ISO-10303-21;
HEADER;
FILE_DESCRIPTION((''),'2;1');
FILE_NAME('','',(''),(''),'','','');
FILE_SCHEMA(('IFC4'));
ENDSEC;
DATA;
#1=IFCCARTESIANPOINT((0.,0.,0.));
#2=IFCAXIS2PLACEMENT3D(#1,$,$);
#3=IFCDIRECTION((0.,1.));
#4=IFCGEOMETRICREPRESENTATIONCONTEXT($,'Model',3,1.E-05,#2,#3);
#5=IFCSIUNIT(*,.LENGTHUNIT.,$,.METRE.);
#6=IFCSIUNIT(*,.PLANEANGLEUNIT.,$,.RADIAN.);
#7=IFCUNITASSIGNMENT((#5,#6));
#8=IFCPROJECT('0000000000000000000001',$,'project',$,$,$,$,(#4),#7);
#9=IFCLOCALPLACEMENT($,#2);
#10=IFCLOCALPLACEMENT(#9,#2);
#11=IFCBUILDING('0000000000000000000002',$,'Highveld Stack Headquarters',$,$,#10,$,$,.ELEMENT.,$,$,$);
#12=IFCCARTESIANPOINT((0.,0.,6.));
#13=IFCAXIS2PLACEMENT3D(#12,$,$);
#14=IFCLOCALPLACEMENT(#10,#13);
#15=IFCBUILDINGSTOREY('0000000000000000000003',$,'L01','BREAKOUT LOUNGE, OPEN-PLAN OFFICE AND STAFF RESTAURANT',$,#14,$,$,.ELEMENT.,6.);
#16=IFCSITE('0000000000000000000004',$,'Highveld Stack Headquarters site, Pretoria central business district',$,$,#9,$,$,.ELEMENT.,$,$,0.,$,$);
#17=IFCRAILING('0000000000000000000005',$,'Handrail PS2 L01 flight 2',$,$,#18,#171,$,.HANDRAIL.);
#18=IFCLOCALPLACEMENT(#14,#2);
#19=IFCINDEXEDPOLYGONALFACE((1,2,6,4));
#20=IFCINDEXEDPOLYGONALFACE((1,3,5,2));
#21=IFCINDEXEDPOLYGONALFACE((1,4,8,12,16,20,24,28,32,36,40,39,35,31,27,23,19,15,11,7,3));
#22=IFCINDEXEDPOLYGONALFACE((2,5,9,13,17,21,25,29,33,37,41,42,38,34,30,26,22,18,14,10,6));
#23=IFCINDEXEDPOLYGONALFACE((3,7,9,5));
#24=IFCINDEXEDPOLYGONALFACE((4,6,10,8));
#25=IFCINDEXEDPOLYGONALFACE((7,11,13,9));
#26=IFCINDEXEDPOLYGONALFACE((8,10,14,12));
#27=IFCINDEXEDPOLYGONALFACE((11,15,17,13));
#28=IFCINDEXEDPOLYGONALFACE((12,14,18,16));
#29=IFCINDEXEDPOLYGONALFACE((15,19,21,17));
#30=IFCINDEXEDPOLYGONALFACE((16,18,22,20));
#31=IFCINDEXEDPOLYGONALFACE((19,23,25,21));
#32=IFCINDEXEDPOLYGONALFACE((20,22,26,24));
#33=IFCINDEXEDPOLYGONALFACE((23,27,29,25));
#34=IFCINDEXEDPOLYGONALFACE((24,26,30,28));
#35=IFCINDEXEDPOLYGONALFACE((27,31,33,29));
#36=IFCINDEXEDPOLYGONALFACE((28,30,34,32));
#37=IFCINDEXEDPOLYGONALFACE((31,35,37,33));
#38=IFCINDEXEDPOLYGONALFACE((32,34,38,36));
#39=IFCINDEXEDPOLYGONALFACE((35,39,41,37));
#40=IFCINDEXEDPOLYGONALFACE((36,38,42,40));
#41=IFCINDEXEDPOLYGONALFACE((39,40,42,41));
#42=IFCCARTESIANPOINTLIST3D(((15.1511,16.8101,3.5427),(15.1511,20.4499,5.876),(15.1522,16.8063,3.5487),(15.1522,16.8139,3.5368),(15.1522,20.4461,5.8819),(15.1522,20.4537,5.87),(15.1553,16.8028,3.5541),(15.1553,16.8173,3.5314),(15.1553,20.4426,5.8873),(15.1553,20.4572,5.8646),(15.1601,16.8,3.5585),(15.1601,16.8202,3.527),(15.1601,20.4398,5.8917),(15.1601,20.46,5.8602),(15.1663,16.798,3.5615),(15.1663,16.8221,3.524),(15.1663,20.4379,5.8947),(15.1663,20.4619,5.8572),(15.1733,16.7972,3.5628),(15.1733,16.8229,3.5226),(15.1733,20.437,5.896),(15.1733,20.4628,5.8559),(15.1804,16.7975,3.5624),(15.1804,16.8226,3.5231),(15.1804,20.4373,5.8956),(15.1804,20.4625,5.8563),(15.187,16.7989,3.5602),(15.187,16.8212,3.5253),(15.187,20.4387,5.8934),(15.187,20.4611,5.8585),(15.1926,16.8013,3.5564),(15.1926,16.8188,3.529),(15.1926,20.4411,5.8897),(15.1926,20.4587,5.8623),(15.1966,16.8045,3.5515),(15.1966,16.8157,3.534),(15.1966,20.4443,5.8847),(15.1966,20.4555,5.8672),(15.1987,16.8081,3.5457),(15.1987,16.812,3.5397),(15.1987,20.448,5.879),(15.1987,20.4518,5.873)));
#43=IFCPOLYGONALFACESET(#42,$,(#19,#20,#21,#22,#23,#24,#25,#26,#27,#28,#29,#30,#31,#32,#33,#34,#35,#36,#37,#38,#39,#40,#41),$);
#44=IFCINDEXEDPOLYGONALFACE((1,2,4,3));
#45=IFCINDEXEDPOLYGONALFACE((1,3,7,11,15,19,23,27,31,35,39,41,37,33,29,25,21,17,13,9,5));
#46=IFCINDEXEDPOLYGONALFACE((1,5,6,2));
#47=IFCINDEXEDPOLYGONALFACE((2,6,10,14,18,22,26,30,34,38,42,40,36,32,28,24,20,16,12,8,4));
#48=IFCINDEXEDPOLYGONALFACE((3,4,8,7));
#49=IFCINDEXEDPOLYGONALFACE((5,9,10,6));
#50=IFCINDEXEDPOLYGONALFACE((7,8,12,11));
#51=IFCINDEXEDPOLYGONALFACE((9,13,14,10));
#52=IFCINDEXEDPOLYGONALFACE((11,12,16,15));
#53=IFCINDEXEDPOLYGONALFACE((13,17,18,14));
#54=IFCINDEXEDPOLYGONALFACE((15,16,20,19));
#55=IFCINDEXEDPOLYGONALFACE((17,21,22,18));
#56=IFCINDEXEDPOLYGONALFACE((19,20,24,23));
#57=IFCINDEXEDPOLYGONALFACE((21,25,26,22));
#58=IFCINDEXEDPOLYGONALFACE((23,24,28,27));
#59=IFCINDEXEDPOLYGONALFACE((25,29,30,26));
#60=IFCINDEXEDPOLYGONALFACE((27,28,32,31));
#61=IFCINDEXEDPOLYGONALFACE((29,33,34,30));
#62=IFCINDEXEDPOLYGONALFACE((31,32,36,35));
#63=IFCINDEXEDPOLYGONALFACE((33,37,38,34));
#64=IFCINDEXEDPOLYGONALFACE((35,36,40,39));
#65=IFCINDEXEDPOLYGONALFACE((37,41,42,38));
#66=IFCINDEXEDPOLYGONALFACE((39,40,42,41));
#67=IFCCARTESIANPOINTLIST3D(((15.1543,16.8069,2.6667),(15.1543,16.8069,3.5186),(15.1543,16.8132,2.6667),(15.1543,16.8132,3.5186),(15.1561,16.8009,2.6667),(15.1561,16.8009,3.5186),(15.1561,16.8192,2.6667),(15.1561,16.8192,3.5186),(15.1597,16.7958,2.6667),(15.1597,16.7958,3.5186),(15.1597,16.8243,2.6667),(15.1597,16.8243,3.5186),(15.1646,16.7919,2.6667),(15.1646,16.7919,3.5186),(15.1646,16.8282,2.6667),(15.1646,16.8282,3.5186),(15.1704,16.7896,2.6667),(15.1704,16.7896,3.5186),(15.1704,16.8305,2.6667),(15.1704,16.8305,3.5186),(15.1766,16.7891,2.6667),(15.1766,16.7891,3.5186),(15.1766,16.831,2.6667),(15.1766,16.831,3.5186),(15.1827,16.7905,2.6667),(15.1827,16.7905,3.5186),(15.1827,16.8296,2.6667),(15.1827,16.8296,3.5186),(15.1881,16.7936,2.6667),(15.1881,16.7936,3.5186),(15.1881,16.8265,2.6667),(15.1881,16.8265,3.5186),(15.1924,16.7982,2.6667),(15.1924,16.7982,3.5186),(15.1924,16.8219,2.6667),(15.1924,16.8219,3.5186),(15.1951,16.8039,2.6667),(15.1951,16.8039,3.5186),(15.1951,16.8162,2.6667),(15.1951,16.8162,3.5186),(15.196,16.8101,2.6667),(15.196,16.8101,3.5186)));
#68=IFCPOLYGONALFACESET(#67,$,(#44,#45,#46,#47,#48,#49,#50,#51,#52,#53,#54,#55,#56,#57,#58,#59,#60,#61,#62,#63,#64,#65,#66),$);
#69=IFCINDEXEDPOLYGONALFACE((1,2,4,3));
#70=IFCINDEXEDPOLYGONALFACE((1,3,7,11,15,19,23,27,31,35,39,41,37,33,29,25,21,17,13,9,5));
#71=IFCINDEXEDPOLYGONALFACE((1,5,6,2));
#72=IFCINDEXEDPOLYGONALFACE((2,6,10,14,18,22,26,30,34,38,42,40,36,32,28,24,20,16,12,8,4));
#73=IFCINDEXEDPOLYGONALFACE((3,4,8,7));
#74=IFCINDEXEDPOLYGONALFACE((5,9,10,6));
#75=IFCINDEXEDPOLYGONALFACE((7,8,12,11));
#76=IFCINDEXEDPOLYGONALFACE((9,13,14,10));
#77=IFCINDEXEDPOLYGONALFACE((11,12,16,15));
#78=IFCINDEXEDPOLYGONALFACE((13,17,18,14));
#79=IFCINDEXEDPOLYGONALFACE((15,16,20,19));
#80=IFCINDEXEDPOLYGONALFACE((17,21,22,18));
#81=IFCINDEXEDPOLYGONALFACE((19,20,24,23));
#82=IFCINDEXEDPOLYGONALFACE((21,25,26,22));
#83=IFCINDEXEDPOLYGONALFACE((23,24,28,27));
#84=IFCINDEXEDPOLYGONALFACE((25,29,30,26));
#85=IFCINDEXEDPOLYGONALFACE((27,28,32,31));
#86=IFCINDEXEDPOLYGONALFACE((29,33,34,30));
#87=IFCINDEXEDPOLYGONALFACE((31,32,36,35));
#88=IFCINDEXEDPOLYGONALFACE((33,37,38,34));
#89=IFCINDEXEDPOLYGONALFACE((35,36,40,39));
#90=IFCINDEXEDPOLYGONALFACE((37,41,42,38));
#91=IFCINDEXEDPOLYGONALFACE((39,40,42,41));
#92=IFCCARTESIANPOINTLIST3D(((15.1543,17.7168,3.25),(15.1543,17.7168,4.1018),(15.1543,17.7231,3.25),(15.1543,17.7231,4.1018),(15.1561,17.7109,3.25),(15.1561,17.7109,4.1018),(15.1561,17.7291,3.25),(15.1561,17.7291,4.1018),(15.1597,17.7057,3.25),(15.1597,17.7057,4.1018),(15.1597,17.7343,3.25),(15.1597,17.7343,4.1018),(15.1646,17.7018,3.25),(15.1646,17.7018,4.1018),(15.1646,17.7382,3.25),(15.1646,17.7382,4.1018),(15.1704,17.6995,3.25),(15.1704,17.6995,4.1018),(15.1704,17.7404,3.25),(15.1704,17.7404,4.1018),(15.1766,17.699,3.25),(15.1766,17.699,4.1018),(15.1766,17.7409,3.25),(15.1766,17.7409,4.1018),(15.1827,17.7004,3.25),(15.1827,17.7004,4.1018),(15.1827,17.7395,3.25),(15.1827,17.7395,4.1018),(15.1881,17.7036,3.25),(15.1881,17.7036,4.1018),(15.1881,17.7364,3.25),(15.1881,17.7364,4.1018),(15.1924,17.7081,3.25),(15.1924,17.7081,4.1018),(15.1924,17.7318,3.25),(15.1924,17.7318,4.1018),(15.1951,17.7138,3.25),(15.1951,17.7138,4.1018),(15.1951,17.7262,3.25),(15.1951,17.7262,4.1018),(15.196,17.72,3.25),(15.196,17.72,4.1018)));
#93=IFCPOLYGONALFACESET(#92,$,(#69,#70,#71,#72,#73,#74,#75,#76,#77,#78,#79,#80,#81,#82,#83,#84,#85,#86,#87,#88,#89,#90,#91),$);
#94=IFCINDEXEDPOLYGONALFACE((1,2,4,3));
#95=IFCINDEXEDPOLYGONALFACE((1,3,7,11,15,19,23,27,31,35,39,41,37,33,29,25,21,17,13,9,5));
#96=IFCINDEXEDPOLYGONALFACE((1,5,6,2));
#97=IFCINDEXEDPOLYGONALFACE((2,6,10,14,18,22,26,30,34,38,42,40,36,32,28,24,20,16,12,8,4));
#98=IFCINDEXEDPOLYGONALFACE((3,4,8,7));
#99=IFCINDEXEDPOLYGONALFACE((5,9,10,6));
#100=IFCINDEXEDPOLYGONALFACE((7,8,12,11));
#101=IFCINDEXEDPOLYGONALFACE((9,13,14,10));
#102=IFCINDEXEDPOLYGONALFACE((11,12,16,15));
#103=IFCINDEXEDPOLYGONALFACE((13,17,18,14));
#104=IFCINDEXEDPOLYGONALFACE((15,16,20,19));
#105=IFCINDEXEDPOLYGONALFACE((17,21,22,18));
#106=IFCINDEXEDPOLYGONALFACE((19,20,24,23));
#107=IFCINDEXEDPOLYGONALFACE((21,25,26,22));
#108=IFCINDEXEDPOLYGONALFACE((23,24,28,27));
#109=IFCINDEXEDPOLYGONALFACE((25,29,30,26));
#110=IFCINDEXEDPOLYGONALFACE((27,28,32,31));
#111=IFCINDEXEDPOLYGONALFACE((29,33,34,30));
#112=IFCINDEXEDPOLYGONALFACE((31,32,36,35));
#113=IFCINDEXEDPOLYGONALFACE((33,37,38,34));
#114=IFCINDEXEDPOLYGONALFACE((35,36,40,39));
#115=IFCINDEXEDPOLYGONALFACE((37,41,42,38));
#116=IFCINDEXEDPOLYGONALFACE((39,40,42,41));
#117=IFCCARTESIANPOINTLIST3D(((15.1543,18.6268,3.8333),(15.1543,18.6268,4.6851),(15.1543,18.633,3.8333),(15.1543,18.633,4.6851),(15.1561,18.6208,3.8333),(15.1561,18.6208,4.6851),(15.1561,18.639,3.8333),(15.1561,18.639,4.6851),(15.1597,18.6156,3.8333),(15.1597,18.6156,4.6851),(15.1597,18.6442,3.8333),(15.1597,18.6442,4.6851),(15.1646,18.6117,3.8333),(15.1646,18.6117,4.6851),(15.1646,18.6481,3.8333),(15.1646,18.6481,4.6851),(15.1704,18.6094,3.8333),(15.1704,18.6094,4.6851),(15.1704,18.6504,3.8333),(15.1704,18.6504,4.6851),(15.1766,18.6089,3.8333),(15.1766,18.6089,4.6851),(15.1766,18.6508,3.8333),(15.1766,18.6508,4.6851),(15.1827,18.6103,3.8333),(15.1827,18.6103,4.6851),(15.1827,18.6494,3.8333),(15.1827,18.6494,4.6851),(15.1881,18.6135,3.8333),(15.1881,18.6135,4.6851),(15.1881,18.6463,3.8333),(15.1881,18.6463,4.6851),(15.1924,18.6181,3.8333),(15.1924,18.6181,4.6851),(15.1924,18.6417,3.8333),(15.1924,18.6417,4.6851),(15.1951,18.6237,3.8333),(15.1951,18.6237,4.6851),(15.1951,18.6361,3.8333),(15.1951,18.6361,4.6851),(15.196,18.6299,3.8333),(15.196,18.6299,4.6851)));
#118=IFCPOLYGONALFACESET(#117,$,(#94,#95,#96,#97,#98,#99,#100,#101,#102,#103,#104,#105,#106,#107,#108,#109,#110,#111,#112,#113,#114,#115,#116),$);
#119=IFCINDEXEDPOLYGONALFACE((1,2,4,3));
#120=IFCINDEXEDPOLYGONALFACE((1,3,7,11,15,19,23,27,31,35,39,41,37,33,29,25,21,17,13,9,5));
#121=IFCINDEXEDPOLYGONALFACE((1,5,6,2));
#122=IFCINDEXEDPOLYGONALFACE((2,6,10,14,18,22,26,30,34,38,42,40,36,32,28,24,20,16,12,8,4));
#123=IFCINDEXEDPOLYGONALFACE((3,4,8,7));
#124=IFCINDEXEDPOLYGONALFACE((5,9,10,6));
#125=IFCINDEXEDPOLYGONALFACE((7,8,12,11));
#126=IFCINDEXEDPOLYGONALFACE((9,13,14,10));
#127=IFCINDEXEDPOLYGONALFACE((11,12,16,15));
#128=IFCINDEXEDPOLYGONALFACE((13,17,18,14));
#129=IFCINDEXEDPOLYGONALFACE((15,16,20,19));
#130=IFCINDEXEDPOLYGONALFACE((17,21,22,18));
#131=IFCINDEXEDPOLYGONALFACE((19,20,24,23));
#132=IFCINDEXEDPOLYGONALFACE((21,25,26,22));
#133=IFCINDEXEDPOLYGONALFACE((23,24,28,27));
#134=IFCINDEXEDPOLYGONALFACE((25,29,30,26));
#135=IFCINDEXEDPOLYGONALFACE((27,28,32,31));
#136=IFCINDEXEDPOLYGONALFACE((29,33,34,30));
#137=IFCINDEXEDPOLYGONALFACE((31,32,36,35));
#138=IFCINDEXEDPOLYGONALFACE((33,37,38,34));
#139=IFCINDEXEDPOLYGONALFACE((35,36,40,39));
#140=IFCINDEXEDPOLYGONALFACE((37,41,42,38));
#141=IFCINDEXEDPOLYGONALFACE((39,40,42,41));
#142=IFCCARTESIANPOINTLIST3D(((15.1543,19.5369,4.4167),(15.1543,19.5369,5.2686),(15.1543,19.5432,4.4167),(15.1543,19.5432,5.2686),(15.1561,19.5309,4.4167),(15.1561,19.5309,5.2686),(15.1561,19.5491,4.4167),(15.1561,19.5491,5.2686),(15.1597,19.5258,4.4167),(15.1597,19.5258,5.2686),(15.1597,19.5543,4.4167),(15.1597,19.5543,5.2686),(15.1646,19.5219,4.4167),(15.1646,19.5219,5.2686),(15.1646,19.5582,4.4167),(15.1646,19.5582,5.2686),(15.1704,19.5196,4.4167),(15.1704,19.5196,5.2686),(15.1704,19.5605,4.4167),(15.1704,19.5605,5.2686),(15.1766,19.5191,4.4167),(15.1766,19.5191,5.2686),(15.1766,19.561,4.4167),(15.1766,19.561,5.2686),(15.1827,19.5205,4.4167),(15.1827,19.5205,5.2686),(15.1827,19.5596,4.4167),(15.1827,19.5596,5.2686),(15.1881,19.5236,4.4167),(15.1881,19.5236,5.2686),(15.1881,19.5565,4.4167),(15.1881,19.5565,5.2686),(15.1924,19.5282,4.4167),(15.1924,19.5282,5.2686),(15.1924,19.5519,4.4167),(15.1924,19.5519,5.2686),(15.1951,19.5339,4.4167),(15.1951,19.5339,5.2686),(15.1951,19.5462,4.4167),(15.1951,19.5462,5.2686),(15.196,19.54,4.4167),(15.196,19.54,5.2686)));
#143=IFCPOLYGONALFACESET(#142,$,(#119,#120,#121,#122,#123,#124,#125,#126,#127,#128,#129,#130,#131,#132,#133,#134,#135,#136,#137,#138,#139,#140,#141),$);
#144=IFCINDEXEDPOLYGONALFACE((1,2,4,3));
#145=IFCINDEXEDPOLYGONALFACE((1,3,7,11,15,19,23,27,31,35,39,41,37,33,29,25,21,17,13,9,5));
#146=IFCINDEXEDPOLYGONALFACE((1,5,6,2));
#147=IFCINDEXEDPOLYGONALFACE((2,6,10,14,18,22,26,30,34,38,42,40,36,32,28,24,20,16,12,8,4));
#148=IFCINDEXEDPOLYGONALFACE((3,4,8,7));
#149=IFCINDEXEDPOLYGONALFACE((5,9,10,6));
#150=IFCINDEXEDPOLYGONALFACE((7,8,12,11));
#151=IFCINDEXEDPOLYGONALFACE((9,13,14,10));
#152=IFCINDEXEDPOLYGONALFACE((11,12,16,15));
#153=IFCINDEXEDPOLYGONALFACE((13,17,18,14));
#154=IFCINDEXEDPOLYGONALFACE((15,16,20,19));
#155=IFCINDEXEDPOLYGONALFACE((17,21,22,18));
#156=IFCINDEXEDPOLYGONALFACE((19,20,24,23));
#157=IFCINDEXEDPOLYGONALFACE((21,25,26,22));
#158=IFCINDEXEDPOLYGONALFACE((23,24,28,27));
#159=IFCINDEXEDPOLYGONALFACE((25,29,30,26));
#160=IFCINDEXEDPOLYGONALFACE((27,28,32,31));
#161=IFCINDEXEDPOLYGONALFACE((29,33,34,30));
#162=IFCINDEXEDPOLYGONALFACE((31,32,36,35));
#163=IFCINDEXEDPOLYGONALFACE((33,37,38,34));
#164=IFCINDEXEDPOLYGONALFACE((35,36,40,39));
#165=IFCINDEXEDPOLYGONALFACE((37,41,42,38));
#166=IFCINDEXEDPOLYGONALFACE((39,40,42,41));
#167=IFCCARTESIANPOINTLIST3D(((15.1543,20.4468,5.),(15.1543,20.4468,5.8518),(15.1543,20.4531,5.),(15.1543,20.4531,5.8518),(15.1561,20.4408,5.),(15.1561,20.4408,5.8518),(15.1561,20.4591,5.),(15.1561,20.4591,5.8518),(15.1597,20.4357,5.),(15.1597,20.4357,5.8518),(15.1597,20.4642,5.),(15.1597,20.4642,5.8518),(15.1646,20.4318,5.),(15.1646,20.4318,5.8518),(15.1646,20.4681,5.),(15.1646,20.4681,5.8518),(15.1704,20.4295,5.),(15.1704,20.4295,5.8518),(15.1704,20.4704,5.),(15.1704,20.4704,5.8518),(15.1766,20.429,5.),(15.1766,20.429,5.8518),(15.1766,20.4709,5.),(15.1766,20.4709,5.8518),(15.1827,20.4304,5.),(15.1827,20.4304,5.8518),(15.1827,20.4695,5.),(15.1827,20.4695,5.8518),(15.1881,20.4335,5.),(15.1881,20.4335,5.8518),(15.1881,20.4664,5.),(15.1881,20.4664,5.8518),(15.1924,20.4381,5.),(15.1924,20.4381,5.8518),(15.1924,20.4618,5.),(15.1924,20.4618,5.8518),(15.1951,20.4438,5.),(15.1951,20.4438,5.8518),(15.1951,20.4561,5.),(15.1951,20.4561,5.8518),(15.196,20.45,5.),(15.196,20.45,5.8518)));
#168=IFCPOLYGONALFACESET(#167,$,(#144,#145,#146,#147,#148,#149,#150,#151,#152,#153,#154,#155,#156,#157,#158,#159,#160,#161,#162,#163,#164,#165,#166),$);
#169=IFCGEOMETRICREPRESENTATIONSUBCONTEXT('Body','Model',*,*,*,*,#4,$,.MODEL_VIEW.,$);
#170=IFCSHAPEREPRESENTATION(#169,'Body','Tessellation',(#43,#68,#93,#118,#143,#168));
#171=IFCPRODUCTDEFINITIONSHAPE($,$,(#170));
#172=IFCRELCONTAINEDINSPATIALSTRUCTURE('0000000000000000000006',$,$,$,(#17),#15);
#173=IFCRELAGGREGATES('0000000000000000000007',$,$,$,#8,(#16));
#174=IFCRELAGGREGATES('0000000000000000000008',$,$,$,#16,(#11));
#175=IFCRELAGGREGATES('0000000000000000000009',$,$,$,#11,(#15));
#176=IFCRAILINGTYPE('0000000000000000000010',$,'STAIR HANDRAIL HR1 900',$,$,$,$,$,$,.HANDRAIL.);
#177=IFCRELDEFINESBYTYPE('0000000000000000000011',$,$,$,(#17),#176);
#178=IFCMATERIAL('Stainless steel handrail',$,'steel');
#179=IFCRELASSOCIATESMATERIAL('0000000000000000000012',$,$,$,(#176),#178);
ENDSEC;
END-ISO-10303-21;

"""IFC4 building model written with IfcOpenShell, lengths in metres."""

from ifc_helpers import new_model, si_unit, direction, frame, origin, origin_2d, place, context, subcontext, project, spatial, circle, extrude, material, type_object, element, save


model = new_model("IFC4")

# Units and contexts
model_context = context("Model", 3, precision=1e-05, world=origin(), true_north=direction((0.0, 1.0)))
body_context = subcontext(model_context, "Body", "Model", "MODEL_VIEW")
ifc_project = project(units=[si_unit("LENGTHUNIT", "METRE"), si_unit("PLANEANGLEUNIT", "RADIAN")], contexts=[model_context])

# Site, building, storey
site_placement = place(None, origin())
site = spatial("IfcSite", under=ifc_project, at=site_placement, Name="Highveld Stack Headquarters site, Pretoria central business district", CompositionType="ELEMENT", RefElevation=0.0)
building_placement = place(site_placement, origin())
building = spatial("IfcBuilding", under=site, at=building_placement, Name="Highveld Stack Headquarters", CompositionType="ELEMENT")
storey_placement = place(building_placement, frame((0.0, 0.0, 6.0)))
storey = spatial("IfcBuildingStorey", under=building, at=storey_placement, Name="L01", Description="BREAKOUT LOUNGE, OPEN-PLAN OFFICE AND STAFF RESTAURANT", CompositionType="ELEMENT", Elevation=6.0)

# Railing
ifc_material_1 = material(Name="Stainless steel handrail", Category="steel")
railing_type = type_object("IfcRailingType", Name="STAIR HANDRAIL HR1 900", PredefinedType="HANDRAIL", material=ifc_material_1)
for number, where, name in (
    (1, (15.175, 16.8101, 2.6667), "Handrail PS2 L01 flight 2"),
):
    element("IfcRailing", number, at=place(storey_placement, frame(where)), inside=storey, type_object=railing_type, Name=name, PredefinedType="HANDRAIL", context=body_context, shape_type="SweptSolid", body=[
        extrude(circle(Radius=0.0239, at=origin_2d()), frame((0.0, 0.0, 0.876), z_axis=(0.0, 0.84188, 0.539664), x_axis=(-1.0, 0.0, 0.0)), (0.0, 0.0, 1.0), 4.3235),
        extrude(circle(Radius=0.021, at=origin_2d()), origin(), (0.0, 0.0, 1.0), 0.8518),
        extrude(circle(Radius=0.021, at=origin_2d()), frame((0.0, 0.9099, 0.5833)), (0.0, 0.0, 1.0), 0.8518),
        extrude(circle(Radius=0.021, at=origin_2d()), frame((0.0, 1.8198, 1.1665)), (0.0, 0.0, 1.0), 0.8518),
        extrude(circle(Radius=0.021, at=origin_2d()), frame((0.0, 2.73, 1.75)), (0.0, 0.0, 1.0), 0.8518),
        extrude(circle(Radius=0.021, at=origin_2d()), frame((0.0, 3.6399, 2.3333)), (0.0, 0.0, 1.0), 0.8518),
    ])

save(model, "model.ifc")
